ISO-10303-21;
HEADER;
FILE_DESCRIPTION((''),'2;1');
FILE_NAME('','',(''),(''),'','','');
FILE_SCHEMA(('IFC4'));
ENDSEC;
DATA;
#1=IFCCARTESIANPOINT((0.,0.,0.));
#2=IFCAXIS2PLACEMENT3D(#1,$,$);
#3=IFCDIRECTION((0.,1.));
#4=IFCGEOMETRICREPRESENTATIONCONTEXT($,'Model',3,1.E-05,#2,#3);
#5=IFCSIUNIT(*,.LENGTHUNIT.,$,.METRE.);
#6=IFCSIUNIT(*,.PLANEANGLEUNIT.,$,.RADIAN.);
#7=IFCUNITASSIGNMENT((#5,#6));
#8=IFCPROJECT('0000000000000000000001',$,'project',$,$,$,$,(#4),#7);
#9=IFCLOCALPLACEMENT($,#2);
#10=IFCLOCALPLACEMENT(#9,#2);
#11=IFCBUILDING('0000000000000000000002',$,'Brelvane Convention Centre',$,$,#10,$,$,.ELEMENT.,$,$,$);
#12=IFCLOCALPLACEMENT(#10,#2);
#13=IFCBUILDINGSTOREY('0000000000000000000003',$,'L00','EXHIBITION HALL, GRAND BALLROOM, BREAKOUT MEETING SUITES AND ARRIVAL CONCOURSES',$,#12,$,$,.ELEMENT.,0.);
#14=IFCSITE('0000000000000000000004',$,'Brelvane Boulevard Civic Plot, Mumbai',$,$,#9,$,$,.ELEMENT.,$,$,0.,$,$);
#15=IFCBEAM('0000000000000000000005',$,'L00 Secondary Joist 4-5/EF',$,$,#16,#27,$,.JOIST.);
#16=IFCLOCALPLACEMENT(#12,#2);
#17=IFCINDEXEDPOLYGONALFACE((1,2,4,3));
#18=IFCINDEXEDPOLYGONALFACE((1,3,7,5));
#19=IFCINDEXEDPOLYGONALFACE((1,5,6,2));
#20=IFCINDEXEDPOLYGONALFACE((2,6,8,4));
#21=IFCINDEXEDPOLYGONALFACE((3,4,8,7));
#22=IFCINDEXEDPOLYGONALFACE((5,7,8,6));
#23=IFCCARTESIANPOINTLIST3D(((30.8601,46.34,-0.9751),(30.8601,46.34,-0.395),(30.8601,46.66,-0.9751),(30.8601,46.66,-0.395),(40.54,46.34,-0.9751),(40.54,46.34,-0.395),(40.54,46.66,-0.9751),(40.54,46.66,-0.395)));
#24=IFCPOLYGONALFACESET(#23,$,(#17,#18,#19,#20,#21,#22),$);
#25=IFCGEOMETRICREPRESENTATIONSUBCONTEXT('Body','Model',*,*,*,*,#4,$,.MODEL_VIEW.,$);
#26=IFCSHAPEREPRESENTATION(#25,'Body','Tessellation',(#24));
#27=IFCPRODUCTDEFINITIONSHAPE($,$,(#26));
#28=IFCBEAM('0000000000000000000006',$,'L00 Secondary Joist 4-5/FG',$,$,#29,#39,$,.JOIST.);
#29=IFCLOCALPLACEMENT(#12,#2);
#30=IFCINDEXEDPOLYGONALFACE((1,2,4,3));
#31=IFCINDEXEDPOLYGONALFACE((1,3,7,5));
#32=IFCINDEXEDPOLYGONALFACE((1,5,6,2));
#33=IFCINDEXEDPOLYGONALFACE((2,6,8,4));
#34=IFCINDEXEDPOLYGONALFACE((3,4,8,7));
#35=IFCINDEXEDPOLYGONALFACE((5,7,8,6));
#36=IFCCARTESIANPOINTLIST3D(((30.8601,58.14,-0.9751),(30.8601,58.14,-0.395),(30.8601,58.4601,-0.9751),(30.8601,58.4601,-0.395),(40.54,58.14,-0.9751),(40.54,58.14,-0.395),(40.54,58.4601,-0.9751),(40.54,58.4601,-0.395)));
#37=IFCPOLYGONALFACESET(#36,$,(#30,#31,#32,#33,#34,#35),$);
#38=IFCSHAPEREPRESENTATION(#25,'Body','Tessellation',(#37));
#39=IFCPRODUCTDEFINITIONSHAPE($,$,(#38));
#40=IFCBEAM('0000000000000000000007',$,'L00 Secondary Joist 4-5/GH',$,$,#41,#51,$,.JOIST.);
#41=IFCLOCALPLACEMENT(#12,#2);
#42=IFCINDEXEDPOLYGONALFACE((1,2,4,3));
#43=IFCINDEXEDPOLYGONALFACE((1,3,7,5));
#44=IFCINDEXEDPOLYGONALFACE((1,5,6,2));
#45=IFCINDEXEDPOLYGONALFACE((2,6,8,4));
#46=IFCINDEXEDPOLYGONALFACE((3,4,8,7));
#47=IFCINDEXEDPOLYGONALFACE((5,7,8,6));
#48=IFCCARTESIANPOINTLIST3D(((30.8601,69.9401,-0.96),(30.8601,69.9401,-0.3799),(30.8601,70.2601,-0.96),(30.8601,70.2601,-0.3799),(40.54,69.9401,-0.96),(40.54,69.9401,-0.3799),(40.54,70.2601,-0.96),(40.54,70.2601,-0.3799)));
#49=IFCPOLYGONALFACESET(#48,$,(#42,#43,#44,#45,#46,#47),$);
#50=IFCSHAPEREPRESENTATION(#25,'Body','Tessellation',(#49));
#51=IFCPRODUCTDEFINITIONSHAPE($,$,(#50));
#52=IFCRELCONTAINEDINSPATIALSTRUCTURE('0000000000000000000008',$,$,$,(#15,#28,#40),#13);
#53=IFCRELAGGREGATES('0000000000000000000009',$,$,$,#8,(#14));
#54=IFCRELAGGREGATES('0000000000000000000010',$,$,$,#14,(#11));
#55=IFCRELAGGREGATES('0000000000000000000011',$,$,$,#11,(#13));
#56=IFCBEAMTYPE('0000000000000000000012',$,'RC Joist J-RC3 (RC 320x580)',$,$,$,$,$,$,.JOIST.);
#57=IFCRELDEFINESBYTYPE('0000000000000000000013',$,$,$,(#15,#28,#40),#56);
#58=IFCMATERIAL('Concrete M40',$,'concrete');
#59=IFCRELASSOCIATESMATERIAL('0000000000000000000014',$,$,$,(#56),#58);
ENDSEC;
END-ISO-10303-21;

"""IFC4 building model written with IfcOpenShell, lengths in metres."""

from ifc_helpers import new_model, si_unit, direction, frame, origin, origin_2d, place, context, subcontext, project, spatial, rectangle, extrude, material, material_profile, profile_set, type_object, element, save


model = new_model("IFC4")

# Units and contexts
model_context = context("Model", 3, precision=1e-05, world=origin(), true_north=direction((0.0, 1.0)))
body_context = subcontext(model_context, "Body", "Model", "MODEL_VIEW")
ifc_project = project(units=[si_unit("LENGTHUNIT", "METRE"), si_unit("PLANEANGLEUNIT", "RADIAN")], contexts=[model_context])

# Site, building, storey
site_placement = place(None, origin())
site = spatial("IfcSite", under=ifc_project, at=site_placement, Name="Brelvane Boulevard Civic Plot, Mumbai", CompositionType="ELEMENT", RefElevation=0.0)
building_placement = place(site_placement, origin())
building = spatial("IfcBuilding", under=site, at=building_placement, Name="Brelvane Convention Centre", CompositionType="ELEMENT")
storey_placement = place(building_placement, origin())
storey = spatial("IfcBuildingStorey", under=building, at=storey_placement, Name="L00", Description="EXHIBITION HALL, GRAND BALLROOM, BREAKOUT MEETING SUITES AND ARRIVAL CONCOURSES", CompositionType="ELEMENT", Elevation=0.0)

# Beams
ifc_material_1 = material(Name="Concrete M40", Category="concrete")
ifc_material_profile_1 = material_profile(ifc_material_1, rectangle(XDim=0.3201, YDim=0.5801, at=origin_2d()), Name="RC 320x580")
ifc_profile_set_1 = profile_set([ifc_material_profile_1], Name="Concrete M40")
beam_type_1 = type_object("IfcBeamType", Name="RC Joist J-RC3 (RC 320x580)", PredefinedType="JOIST", material=ifc_profile_set_1)
for number, where, z_axis, x_axis, name in (
    (1, (30.8601, 46.5, -0.6851), (1.0, 0.0, 0.0), (0.0, 1.0, 0.0), "L00 Secondary Joist 4-5/EF"),
    (2, (30.8601, 58.3, -0.6851), (1.0, 0.0, 0.0), (0.0, 1.0, 0.0), "L00 Secondary Joist 4-5/FG"),
    (3, (30.8601, 70.1001, -0.6699), (1.0, 0.0, 0.0), (0.0, 1.0, 0.0), "L00 Secondary Joist 4-5/GH"),
):
    element("IfcBeam", number, at=place(storey_placement, frame(where, z_axis=z_axis, x_axis=x_axis)), inside=storey, type_object=beam_type_1, Name=name, PredefinedType="JOIST", context=body_context, shape_type="SweptSolid", body=[
        extrude(rectangle(XDim=0.3201, YDim=0.5801, at=origin_2d()), origin(), (0.0, 0.0, 1.0), 9.6799),
    ])

save(model, "model.ifc")
